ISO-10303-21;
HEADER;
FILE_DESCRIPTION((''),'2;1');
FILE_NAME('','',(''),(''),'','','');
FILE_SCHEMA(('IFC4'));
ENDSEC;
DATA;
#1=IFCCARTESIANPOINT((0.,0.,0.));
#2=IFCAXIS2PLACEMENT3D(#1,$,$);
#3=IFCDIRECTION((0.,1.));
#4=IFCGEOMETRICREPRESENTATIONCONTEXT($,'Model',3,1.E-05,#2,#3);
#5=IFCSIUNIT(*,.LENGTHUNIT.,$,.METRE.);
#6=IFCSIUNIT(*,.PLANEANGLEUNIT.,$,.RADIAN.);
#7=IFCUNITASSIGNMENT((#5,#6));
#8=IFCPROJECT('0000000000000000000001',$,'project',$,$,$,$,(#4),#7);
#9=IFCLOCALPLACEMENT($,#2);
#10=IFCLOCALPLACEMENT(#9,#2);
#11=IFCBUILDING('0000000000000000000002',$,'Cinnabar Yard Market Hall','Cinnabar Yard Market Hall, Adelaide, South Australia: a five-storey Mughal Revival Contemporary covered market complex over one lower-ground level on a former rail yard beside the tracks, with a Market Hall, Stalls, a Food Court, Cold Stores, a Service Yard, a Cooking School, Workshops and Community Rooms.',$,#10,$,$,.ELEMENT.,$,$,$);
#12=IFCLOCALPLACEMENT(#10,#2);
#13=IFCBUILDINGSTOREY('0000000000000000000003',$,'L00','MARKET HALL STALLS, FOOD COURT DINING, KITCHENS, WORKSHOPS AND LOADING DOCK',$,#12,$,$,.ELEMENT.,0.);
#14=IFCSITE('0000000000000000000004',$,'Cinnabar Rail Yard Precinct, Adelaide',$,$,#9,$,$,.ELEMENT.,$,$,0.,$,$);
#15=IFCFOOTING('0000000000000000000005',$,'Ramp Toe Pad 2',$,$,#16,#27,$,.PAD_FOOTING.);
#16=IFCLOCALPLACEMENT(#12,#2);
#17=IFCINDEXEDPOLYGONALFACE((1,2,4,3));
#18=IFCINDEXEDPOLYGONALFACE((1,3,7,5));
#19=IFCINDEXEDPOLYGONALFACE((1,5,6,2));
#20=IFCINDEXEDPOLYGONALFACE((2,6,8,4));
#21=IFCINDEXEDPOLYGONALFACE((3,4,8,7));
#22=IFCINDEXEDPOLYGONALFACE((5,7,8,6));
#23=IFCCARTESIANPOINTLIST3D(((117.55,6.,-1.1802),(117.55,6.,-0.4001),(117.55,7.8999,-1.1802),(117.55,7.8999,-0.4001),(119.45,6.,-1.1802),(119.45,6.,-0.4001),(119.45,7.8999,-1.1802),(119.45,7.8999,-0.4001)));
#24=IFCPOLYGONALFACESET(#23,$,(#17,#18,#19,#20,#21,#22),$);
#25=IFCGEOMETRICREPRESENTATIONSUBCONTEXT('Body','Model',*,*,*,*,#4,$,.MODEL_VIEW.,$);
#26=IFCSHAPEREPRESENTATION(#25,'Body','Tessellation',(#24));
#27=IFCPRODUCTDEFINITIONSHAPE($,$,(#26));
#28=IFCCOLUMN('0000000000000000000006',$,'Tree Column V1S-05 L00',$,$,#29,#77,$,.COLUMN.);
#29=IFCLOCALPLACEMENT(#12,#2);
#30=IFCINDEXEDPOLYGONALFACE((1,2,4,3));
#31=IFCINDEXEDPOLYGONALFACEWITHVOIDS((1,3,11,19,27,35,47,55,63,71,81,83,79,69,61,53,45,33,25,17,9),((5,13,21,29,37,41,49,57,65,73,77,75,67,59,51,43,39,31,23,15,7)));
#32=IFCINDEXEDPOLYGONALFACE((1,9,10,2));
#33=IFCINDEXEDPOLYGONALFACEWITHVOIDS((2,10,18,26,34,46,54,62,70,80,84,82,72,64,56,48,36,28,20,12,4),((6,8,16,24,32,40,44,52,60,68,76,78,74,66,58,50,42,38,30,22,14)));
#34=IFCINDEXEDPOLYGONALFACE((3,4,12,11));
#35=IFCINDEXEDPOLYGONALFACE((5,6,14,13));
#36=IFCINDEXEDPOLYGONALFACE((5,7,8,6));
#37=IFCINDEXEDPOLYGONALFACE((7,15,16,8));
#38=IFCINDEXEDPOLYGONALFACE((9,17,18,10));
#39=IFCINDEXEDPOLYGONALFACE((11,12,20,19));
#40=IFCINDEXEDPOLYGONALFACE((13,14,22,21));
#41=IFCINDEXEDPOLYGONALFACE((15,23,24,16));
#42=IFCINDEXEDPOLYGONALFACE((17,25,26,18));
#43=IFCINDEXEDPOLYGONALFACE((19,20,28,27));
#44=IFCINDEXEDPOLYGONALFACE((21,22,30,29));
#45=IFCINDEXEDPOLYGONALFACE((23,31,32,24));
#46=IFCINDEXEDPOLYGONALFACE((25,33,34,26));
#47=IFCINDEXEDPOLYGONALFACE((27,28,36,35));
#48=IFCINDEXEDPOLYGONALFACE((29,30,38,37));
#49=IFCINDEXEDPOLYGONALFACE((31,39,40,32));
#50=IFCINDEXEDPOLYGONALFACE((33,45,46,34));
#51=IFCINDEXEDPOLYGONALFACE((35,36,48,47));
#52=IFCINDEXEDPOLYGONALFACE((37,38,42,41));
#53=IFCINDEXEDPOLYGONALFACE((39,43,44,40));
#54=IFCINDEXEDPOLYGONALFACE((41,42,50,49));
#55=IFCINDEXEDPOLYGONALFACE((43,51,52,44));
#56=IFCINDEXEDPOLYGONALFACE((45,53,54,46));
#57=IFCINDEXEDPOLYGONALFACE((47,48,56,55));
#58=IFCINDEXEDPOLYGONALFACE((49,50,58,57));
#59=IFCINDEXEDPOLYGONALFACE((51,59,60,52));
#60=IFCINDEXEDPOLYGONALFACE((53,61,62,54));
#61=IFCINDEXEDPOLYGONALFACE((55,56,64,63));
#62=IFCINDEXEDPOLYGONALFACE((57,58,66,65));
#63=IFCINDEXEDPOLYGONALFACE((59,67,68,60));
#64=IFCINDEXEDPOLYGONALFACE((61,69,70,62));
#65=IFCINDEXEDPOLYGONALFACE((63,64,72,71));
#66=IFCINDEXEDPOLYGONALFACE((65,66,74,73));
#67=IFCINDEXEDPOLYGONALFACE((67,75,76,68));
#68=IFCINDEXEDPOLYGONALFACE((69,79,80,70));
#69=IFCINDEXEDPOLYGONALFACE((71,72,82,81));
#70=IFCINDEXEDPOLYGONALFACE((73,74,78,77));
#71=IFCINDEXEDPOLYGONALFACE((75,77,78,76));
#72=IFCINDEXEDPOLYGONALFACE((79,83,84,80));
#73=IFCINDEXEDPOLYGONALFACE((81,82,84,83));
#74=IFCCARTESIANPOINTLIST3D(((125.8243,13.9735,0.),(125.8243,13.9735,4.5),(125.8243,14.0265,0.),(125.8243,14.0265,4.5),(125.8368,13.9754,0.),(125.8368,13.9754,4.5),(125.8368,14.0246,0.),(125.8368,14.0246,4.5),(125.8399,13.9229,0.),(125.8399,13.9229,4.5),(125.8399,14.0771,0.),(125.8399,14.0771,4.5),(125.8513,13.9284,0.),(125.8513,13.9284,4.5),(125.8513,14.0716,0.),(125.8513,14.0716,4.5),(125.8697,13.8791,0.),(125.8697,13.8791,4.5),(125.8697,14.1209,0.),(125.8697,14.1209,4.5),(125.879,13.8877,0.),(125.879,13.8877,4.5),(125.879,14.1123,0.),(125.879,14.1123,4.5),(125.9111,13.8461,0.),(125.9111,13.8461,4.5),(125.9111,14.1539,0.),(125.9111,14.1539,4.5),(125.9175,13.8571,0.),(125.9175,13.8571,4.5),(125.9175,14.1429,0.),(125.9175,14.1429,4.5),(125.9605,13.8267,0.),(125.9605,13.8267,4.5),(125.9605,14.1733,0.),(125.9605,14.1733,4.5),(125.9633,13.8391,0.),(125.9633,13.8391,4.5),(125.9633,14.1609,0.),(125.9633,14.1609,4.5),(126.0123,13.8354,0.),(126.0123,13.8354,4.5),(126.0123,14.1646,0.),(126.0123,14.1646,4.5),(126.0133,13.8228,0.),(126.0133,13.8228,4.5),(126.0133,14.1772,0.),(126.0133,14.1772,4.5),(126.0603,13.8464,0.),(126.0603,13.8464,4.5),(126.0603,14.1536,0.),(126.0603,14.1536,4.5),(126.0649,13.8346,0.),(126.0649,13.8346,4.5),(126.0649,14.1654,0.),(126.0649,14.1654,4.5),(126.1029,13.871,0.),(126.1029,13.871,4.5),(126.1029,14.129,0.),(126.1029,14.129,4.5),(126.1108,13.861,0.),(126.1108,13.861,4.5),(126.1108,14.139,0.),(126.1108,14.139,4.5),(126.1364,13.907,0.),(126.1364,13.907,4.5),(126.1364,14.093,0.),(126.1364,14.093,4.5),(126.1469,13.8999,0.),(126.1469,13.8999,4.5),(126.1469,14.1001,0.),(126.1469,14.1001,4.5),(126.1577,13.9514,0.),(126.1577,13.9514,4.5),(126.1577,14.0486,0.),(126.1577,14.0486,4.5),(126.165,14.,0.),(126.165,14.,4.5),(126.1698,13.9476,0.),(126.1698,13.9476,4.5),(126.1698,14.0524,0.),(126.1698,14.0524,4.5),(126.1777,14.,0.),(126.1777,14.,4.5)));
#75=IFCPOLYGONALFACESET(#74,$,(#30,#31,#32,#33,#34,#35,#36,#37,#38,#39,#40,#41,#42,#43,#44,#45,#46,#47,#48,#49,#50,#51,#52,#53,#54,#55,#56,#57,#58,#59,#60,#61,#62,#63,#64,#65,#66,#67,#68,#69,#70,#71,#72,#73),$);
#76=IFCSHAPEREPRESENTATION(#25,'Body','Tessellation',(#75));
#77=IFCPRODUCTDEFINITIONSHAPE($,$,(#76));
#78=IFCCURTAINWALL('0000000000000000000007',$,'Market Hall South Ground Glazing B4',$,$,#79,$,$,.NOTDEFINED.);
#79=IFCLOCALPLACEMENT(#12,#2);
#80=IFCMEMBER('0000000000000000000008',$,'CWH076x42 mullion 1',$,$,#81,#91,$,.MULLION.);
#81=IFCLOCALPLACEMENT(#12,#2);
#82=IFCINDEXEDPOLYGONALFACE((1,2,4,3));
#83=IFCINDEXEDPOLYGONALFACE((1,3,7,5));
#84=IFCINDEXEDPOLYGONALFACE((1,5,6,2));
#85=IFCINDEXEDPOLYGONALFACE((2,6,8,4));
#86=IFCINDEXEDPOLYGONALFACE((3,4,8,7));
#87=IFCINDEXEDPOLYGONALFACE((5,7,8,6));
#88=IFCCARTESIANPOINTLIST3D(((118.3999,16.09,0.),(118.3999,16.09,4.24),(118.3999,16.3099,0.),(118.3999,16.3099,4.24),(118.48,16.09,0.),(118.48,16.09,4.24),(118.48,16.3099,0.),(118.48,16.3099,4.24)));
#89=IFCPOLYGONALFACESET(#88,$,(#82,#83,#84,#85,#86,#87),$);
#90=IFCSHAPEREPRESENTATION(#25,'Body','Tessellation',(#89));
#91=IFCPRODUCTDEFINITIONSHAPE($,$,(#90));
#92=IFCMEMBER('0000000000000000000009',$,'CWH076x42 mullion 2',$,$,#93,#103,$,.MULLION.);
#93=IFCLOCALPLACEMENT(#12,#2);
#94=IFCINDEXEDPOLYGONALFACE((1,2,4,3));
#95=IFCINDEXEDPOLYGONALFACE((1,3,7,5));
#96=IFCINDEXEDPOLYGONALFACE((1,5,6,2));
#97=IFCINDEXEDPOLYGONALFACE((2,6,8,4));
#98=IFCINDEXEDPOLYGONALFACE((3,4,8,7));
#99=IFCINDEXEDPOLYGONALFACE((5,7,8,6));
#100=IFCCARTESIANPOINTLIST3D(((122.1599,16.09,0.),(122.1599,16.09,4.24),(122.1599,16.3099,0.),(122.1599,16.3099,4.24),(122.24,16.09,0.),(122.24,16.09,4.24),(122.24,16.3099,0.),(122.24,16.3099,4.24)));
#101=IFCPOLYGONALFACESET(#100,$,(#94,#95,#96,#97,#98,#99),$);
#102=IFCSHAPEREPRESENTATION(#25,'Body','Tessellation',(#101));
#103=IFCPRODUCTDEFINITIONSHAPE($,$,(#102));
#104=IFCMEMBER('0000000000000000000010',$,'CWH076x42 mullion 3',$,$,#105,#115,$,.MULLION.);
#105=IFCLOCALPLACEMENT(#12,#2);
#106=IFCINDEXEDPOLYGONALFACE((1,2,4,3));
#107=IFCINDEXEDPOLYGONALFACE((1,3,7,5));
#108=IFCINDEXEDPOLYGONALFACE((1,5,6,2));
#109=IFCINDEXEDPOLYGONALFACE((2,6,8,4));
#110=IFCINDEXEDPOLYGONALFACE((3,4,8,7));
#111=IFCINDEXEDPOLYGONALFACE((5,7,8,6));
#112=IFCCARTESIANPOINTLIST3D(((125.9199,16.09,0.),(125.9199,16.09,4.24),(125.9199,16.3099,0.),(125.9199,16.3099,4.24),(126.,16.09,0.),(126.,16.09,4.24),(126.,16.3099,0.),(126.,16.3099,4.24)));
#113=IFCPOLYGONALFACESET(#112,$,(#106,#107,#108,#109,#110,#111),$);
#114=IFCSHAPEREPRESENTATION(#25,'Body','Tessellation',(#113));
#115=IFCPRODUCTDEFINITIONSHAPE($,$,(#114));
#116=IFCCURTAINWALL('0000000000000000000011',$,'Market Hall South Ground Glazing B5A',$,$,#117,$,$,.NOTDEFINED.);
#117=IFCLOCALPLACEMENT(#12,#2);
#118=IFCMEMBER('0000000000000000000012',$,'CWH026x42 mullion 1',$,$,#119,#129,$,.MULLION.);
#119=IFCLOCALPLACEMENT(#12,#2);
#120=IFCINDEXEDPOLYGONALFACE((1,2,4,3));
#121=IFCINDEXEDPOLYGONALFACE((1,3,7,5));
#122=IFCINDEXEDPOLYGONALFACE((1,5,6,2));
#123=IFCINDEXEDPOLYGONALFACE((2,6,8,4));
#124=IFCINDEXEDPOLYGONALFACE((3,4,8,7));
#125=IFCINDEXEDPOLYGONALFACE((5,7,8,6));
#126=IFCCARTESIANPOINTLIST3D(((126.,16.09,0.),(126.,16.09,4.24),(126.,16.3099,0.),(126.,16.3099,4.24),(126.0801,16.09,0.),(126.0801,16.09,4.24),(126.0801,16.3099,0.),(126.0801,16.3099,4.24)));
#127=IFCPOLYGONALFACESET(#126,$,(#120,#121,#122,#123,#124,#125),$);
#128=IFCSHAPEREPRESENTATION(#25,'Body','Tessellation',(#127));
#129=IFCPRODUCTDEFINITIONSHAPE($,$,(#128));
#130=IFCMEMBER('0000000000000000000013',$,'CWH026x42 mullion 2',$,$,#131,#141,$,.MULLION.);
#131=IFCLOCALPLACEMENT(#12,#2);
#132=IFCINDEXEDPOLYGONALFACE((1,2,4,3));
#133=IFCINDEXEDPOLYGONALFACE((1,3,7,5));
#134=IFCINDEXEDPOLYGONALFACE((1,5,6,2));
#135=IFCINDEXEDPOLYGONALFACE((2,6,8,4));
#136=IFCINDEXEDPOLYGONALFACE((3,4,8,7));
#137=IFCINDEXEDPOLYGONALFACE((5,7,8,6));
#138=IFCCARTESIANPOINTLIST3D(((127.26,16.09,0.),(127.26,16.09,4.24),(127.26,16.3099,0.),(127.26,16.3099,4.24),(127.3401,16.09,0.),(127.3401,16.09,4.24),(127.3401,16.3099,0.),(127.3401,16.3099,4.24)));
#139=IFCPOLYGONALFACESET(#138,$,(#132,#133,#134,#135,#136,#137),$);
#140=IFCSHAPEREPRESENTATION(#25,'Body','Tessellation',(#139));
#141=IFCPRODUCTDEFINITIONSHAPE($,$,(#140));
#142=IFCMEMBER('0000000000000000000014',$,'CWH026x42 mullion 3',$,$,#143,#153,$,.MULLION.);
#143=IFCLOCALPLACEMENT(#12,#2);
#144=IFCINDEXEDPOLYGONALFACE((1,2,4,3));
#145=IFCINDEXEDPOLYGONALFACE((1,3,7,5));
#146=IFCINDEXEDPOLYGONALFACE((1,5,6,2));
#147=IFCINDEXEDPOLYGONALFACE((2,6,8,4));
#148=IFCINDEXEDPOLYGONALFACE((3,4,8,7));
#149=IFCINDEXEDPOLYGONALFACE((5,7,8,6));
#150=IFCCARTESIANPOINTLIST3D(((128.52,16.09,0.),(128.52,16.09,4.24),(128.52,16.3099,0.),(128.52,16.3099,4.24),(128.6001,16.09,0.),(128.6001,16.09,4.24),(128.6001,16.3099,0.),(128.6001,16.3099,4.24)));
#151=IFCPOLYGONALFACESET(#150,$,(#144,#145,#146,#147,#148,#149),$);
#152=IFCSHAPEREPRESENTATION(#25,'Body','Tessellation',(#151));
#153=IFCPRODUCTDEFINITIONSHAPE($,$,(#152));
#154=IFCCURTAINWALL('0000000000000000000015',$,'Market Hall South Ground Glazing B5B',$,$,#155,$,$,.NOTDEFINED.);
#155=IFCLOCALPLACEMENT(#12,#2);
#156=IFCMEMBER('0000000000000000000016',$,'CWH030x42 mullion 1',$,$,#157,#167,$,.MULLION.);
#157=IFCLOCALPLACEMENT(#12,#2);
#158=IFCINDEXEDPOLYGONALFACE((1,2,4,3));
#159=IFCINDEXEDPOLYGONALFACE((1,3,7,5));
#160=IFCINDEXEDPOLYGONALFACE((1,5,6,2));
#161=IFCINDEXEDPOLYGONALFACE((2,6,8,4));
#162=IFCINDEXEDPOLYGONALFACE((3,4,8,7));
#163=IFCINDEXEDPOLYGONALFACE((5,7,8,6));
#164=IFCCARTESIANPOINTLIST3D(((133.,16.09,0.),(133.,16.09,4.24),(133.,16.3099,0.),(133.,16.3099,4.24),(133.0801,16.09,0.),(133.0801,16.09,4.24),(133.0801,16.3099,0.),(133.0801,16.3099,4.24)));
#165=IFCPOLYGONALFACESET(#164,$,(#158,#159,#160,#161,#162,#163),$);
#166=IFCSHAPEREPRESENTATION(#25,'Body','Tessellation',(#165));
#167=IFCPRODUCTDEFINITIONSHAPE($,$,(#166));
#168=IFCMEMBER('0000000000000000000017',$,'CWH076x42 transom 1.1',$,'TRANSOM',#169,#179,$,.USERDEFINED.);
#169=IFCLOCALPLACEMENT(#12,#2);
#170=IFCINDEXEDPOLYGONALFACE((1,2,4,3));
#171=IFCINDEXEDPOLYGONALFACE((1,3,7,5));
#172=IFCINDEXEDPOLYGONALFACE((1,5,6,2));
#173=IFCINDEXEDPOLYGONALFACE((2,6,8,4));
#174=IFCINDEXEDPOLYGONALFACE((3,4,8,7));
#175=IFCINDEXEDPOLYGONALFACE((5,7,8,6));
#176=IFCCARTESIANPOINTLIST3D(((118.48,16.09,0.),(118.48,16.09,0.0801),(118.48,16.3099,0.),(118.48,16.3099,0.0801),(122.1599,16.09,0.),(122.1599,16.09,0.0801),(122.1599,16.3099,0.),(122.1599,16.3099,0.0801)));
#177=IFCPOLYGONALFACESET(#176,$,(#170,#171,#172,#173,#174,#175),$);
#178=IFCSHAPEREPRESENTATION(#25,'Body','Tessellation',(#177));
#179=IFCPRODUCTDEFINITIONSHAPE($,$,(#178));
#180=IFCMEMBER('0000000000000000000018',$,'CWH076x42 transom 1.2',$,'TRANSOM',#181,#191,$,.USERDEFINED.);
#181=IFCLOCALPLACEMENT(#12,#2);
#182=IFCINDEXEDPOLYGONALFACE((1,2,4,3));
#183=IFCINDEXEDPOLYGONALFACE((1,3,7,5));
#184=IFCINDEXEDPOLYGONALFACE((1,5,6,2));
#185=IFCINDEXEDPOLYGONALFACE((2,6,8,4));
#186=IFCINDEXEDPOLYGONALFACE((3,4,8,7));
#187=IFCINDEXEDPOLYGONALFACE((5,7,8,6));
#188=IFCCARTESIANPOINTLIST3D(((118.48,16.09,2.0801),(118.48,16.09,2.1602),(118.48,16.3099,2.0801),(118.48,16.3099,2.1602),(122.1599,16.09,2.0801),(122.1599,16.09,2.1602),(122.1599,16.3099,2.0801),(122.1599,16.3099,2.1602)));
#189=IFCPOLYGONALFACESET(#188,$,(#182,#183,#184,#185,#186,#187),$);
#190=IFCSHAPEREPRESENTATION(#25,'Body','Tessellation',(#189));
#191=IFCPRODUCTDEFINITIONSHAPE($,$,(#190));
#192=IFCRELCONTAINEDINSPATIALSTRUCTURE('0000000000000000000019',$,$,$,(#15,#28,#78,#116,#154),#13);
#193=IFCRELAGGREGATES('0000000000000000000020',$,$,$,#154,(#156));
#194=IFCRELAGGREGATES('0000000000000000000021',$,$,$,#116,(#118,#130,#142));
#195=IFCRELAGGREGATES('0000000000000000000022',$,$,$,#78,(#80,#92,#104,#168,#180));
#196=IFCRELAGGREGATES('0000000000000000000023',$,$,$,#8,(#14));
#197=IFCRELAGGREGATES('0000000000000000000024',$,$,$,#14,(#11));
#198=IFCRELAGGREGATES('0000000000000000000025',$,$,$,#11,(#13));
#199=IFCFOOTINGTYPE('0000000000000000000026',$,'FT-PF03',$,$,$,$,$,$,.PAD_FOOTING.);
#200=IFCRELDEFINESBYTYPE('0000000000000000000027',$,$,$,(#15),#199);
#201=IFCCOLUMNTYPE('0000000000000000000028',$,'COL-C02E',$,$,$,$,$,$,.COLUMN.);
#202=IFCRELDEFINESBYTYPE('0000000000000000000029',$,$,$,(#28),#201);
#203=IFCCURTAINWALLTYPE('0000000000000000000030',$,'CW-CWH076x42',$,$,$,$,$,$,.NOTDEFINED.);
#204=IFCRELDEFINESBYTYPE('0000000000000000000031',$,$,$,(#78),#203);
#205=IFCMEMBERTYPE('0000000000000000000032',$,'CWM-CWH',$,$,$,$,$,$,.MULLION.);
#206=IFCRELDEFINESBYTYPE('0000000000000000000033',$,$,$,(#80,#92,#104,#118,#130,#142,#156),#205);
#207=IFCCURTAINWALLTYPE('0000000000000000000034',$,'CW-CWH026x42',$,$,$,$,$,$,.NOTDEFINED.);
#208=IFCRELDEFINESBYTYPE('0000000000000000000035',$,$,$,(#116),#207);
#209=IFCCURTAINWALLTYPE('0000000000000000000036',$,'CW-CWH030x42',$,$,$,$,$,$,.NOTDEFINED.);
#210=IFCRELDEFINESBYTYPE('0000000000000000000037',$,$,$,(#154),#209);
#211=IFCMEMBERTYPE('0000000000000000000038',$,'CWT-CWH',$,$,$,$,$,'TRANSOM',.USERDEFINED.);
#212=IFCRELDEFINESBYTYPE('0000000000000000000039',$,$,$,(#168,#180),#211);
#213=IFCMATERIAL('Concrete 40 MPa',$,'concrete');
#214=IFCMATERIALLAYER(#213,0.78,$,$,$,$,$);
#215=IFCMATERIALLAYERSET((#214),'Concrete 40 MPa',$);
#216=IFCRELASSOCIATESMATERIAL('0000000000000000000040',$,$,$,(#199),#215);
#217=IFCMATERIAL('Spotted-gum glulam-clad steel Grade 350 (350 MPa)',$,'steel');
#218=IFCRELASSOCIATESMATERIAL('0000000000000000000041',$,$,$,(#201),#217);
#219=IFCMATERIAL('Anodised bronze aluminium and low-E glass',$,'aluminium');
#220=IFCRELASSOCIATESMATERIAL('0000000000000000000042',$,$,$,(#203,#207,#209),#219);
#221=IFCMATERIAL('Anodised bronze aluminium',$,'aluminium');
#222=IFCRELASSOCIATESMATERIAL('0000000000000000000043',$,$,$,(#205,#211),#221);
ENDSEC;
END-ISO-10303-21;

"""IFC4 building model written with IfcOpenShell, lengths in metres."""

from ifc_helpers import new_model, si_unit, direction, frame, origin, origin_2d_with_axis, place, context, subcontext, project, spatial, rectangle, hollow_circle, extrude, material, layer, layer_set, material_profile, profile_set, type_object, element, aggregate, save


model = new_model("IFC4")

# Units and contexts
model_context = context("Model", 3, precision=1e-05, world=origin(), true_north=direction((0.0, 1.0)))
body_context = subcontext(model_context, "Body", "Model", "MODEL_VIEW")
ifc_project = project(units=[si_unit("LENGTHUNIT", "METRE"), si_unit("PLANEANGLEUNIT", "RADIAN")], contexts=[model_context])

# Site, building, storey
site_placement = place(None, origin())
site = spatial("IfcSite", under=ifc_project, at=site_placement, Name="Cinnabar Rail Yard Precinct, Adelaide", CompositionType="ELEMENT", RefElevation=0.0)
building_placement = place(site_placement, origin())
building = spatial("IfcBuilding", under=site, at=building_placement, Name="Cinnabar Yard Market Hall", Description="Cinnabar Yard Market Hall, Adelaide, South Australia: a five-storey Mughal Revival Contemporary covered market complex over one lower-ground level on a former rail yard beside the tracks, with a Market Hall, Stalls, a Food Court, Cold Stores, a Service Yard, a Cooking School, Workshops and Community Rooms.", CompositionType="ELEMENT")
storey_placement = place(building_placement, origin())
storey = spatial("IfcBuildingStorey", under=building, at=storey_placement, Name="L00", Description="MARKET HALL STALLS, FOOD COURT DINING, KITCHENS, WORKSHOPS AND LOADING DOCK", CompositionType="ELEMENT", Elevation=0.0)

# Footing
ifc_material_1 = material(Name="Concrete 40 MPa", Category="concrete")
ifc_layer_1 = layer(ifc_material_1, 0.78)
ifc_layer_set_1 = layer_set([ifc_layer_1], Name="Concrete 40 MPa")
footing_type = type_object("IfcFootingType", Name="FT-PF03", PredefinedType="PAD_FOOTING", material=ifc_layer_set_1)
footing_placement = place(storey_placement, frame((118.5, 6.95, -1.1802), z_axis=(0.0, 0.0, 1.0), x_axis=(1.0, 0.0, 0.0)))
element("IfcFooting", 1, at=footing_placement, inside=storey, type_object=footing_type, Name="Ramp Toe Pad 2", PredefinedType="PAD_FOOTING", context=body_context, shape_type="SweptSolid", body=[
    extrude(rectangle(XDim=1.8999, YDim=1.8999, at=origin_2d_with_axis()), origin(), (0.0, 0.0, 1.0), 0.78),
])

# Column
ifc_material_2 = material(Name="Spotted-gum glulam-clad steel Grade 350 (350 MPa)", Category="steel")
ifc_material_profile_1 = material_profile(ifc_material_2, hollow_circle(Radius=0.1777, WallThickness=0.0127, at=origin_2d_with_axis()), Name="355.6x12.7CHS")
ifc_profile_set_1 = profile_set([ifc_material_profile_1], Name="Spotted-gum glulam-clad steel Grade 350 (350 MPa)")
column_type = type_object("IfcColumnType", Name="COL-C02E", PredefinedType="COLUMN", material=ifc_profile_set_1)
column_placement = place(storey_placement, frame((126.0, 14.0, 0.0), z_axis=(0.0, 0.0, 1.0), x_axis=(1.0, 0.0, 0.0)))
element("IfcColumn", 2, at=column_placement, inside=storey, type_object=column_type, Name="Tree Column V1S-05 L00", PredefinedType="COLUMN", context=body_context, shape_type="SweptSolid", body=[
    extrude(hollow_circle(Radius=0.1777, WallThickness=0.0127, at=origin_2d_with_axis()), origin(), (0.0, 0.0, 1.0), 4.5),
])

# Curtain walls, members
ifc_material_3 = material(Name="Anodised bronze aluminium and low-E glass", Category="aluminium")
curtain_wall_type_1 = type_object("IfcCurtainWallType", Name="CW-CWH076x42", PredefinedType="NOTDEFINED", material=ifc_material_3)
curtain_wall_1_placement = place(storey_placement, origin())
curtain_wall_1 = element("IfcCurtainWall", 3, at=curtain_wall_1_placement, inside=storey, type_object=curtain_wall_type_1, Name="Market Hall South Ground Glazing B4", PredefinedType="NOTDEFINED")
ifc_material_4 = material(Name="Anodised bronze aluminium", Category="aluminium")
ifc_material_profile_2 = material_profile(ifc_material_4, rectangle(XDim=0.22, YDim=0.0801, at=origin_2d_with_axis()), Name="MUL-CWH")
ifc_profile_set_2 = profile_set([ifc_material_profile_2], Name="Anodised bronze aluminium")
member_type_1 = type_object("IfcMemberType", Name="CWM-CWH", PredefinedType="MULLION", material=ifc_profile_set_2)
member_1_placement = place(storey_placement, frame((118.4399, 16.2, 0.0), z_axis=(0.0, 0.0, 1.0), x_axis=(0.0, 1.0, 0.0)))
member_1 = element("IfcMember", 4, at=member_1_placement, type_object=member_type_1, Name="CWH076x42 mullion 1", PredefinedType="MULLION", context=body_context, shape_type="SweptSolid", body=[
    extrude(rectangle(XDim=0.22, YDim=0.0801, at=origin_2d_with_axis()), origin(), (0.0, 0.0, 1.0), 4.24),
])
member_2_placement = place(storey_placement, frame((122.2, 16.2, 0.0), z_axis=(0.0, 0.0, 1.0), x_axis=(0.0, 1.0, 0.0)))
member_2 = element("IfcMember", 5, at=member_2_placement, type_object=member_type_1, Name="CWH076x42 mullion 2", PredefinedType="MULLION", context=body_context, shape_type="SweptSolid", body=[
    extrude(rectangle(XDim=0.22, YDim=0.0801, at=origin_2d_with_axis()), origin(), (0.0, 0.0, 1.0), 4.24),
])
member_3_placement = place(storey_placement, frame((125.96, 16.2, 0.0), z_axis=(0.0, 0.0, 1.0), x_axis=(0.0, 1.0, 0.0)))
member_3 = element("IfcMember", 6, at=member_3_placement, type_object=member_type_1, Name="CWH076x42 mullion 3", PredefinedType="MULLION", context=body_context, shape_type="SweptSolid", body=[
    extrude(rectangle(XDim=0.22, YDim=0.0801, at=origin_2d_with_axis()), origin(), (0.0, 0.0, 1.0), 4.24),
])
curtain_wall_type_2 = type_object("IfcCurtainWallType", Name="CW-CWH026x42", PredefinedType="NOTDEFINED", material=ifc_material_3)
curtain_wall_2_placement = place(storey_placement, origin())
curtain_wall_2 = element("IfcCurtainWall", 7, at=curtain_wall_2_placement, inside=storey, type_object=curtain_wall_type_2, Name="Market Hall South Ground Glazing B5A", PredefinedType="NOTDEFINED")
member_4_placement = place(storey_placement, frame((126.04, 16.2, 0.0), z_axis=(0.0, 0.0, 1.0), x_axis=(0.0, 1.0, 0.0)))
member_4 = element("IfcMember", 8, at=member_4_placement, type_object=member_type_1, Name="CWH026x42 mullion 1", PredefinedType="MULLION", context=body_context, shape_type="SweptSolid", body=[
    extrude(rectangle(XDim=0.22, YDim=0.0801, at=origin_2d_with_axis()), origin(), (0.0, 0.0, 1.0), 4.24),
])
member_5_placement = place(storey_placement, frame((127.3, 16.2, 0.0), z_axis=(0.0, 0.0, 1.0), x_axis=(0.0, 1.0, 0.0)))
member_5 = element("IfcMember", 9, at=member_5_placement, type_object=member_type_1, Name="CWH026x42 mullion 2", PredefinedType="MULLION", context=body_context, shape_type="SweptSolid", body=[
    extrude(rectangle(XDim=0.22, YDim=0.0801, at=origin_2d_with_axis()), origin(), (0.0, 0.0, 1.0), 4.24),
])
member_6_placement = place(storey_placement, frame((128.5601, 16.2, 0.0), z_axis=(0.0, 0.0, 1.0), x_axis=(0.0, 1.0, 0.0)))
member_6 = element("IfcMember", 10, at=member_6_placement, type_object=member_type_1, Name="CWH026x42 mullion 3", PredefinedType="MULLION", context=body_context, shape_type="SweptSolid", body=[
    extrude(rectangle(XDim=0.22, YDim=0.0801, at=origin_2d_with_axis()), origin(), (0.0, 0.0, 1.0), 4.24),
])

# Curtain wall, member
curtain_wall_type_3 = type_object("IfcCurtainWallType", Name="CW-CWH030x42", PredefinedType="NOTDEFINED", material=ifc_material_3)
curtain_wall_3_placement = place(storey_placement, origin())
curtain_wall_3 = element("IfcCurtainWall", 11, at=curtain_wall_3_placement, inside=storey, type_object=curtain_wall_type_3, Name="Market Hall South Ground Glazing B5B", PredefinedType="NOTDEFINED")
member_7_placement = place(storey_placement, frame((133.04, 16.2, 0.0), z_axis=(0.0, 0.0, 1.0), x_axis=(0.0, 1.0, 0.0)))
member_7 = element("IfcMember", 12, at=member_7_placement, type_object=member_type_1, Name="CWH030x42 mullion 1", PredefinedType="MULLION", context=body_context, shape_type="SweptSolid", body=[
    extrude(rectangle(XDim=0.22, YDim=0.0801, at=origin_2d_with_axis()), origin(), (0.0, 0.0, 1.0), 4.24),
])
aggregate(curtain_wall_3, [member_7])

# Members
ifc_material_profile_3 = material_profile(ifc_material_4, rectangle(XDim=0.22, YDim=0.0801, at=origin_2d_with_axis()), Name="TRN-CWH")
ifc_profile_set_3 = profile_set([ifc_material_profile_3], Name="Anodised bronze aluminium")
member_type_2 = type_object("IfcMemberType", Name="CWT-CWH", ElementType="TRANSOM", PredefinedType="USERDEFINED", material=ifc_profile_set_3)
member_8_placement = place(storey_placement, frame((118.48, 16.2, 0.04), z_axis=(1.0, 0.0, 0.0), x_axis=(0.0, 1.0, 0.0)))
member_8 = element("IfcMember", 13, at=member_8_placement, type_object=member_type_2, Name="CWH076x42 transom 1.1", ObjectType="TRANSOM", PredefinedType="USERDEFINED", context=body_context, shape_type="SweptSolid", body=[
    extrude(rectangle(XDim=0.22, YDim=0.0801, at=origin_2d_with_axis()), origin(), (0.0, 0.0, 1.0), 3.6799),
])
member_9_placement = place(storey_placement, frame((118.48, 16.2, 2.1201), z_axis=(1.0, 0.0, 0.0), x_axis=(0.0, 1.0, 0.0)))
member_9 = element("IfcMember", 14, at=member_9_placement, type_object=member_type_2, Name="CWH076x42 transom 1.2", ObjectType="TRANSOM", PredefinedType="USERDEFINED", context=body_context, shape_type="SweptSolid", body=[
    extrude(rectangle(XDim=0.22, YDim=0.0801, at=origin_2d_with_axis()), origin(), (0.0, 0.0, 1.0), 3.6799),
])

aggregate(curtain_wall_2, [member_4, member_5, member_6])
aggregate(curtain_wall_1, [member_1, member_2, member_3, member_8, member_9])

save(model, "model.ifc")
